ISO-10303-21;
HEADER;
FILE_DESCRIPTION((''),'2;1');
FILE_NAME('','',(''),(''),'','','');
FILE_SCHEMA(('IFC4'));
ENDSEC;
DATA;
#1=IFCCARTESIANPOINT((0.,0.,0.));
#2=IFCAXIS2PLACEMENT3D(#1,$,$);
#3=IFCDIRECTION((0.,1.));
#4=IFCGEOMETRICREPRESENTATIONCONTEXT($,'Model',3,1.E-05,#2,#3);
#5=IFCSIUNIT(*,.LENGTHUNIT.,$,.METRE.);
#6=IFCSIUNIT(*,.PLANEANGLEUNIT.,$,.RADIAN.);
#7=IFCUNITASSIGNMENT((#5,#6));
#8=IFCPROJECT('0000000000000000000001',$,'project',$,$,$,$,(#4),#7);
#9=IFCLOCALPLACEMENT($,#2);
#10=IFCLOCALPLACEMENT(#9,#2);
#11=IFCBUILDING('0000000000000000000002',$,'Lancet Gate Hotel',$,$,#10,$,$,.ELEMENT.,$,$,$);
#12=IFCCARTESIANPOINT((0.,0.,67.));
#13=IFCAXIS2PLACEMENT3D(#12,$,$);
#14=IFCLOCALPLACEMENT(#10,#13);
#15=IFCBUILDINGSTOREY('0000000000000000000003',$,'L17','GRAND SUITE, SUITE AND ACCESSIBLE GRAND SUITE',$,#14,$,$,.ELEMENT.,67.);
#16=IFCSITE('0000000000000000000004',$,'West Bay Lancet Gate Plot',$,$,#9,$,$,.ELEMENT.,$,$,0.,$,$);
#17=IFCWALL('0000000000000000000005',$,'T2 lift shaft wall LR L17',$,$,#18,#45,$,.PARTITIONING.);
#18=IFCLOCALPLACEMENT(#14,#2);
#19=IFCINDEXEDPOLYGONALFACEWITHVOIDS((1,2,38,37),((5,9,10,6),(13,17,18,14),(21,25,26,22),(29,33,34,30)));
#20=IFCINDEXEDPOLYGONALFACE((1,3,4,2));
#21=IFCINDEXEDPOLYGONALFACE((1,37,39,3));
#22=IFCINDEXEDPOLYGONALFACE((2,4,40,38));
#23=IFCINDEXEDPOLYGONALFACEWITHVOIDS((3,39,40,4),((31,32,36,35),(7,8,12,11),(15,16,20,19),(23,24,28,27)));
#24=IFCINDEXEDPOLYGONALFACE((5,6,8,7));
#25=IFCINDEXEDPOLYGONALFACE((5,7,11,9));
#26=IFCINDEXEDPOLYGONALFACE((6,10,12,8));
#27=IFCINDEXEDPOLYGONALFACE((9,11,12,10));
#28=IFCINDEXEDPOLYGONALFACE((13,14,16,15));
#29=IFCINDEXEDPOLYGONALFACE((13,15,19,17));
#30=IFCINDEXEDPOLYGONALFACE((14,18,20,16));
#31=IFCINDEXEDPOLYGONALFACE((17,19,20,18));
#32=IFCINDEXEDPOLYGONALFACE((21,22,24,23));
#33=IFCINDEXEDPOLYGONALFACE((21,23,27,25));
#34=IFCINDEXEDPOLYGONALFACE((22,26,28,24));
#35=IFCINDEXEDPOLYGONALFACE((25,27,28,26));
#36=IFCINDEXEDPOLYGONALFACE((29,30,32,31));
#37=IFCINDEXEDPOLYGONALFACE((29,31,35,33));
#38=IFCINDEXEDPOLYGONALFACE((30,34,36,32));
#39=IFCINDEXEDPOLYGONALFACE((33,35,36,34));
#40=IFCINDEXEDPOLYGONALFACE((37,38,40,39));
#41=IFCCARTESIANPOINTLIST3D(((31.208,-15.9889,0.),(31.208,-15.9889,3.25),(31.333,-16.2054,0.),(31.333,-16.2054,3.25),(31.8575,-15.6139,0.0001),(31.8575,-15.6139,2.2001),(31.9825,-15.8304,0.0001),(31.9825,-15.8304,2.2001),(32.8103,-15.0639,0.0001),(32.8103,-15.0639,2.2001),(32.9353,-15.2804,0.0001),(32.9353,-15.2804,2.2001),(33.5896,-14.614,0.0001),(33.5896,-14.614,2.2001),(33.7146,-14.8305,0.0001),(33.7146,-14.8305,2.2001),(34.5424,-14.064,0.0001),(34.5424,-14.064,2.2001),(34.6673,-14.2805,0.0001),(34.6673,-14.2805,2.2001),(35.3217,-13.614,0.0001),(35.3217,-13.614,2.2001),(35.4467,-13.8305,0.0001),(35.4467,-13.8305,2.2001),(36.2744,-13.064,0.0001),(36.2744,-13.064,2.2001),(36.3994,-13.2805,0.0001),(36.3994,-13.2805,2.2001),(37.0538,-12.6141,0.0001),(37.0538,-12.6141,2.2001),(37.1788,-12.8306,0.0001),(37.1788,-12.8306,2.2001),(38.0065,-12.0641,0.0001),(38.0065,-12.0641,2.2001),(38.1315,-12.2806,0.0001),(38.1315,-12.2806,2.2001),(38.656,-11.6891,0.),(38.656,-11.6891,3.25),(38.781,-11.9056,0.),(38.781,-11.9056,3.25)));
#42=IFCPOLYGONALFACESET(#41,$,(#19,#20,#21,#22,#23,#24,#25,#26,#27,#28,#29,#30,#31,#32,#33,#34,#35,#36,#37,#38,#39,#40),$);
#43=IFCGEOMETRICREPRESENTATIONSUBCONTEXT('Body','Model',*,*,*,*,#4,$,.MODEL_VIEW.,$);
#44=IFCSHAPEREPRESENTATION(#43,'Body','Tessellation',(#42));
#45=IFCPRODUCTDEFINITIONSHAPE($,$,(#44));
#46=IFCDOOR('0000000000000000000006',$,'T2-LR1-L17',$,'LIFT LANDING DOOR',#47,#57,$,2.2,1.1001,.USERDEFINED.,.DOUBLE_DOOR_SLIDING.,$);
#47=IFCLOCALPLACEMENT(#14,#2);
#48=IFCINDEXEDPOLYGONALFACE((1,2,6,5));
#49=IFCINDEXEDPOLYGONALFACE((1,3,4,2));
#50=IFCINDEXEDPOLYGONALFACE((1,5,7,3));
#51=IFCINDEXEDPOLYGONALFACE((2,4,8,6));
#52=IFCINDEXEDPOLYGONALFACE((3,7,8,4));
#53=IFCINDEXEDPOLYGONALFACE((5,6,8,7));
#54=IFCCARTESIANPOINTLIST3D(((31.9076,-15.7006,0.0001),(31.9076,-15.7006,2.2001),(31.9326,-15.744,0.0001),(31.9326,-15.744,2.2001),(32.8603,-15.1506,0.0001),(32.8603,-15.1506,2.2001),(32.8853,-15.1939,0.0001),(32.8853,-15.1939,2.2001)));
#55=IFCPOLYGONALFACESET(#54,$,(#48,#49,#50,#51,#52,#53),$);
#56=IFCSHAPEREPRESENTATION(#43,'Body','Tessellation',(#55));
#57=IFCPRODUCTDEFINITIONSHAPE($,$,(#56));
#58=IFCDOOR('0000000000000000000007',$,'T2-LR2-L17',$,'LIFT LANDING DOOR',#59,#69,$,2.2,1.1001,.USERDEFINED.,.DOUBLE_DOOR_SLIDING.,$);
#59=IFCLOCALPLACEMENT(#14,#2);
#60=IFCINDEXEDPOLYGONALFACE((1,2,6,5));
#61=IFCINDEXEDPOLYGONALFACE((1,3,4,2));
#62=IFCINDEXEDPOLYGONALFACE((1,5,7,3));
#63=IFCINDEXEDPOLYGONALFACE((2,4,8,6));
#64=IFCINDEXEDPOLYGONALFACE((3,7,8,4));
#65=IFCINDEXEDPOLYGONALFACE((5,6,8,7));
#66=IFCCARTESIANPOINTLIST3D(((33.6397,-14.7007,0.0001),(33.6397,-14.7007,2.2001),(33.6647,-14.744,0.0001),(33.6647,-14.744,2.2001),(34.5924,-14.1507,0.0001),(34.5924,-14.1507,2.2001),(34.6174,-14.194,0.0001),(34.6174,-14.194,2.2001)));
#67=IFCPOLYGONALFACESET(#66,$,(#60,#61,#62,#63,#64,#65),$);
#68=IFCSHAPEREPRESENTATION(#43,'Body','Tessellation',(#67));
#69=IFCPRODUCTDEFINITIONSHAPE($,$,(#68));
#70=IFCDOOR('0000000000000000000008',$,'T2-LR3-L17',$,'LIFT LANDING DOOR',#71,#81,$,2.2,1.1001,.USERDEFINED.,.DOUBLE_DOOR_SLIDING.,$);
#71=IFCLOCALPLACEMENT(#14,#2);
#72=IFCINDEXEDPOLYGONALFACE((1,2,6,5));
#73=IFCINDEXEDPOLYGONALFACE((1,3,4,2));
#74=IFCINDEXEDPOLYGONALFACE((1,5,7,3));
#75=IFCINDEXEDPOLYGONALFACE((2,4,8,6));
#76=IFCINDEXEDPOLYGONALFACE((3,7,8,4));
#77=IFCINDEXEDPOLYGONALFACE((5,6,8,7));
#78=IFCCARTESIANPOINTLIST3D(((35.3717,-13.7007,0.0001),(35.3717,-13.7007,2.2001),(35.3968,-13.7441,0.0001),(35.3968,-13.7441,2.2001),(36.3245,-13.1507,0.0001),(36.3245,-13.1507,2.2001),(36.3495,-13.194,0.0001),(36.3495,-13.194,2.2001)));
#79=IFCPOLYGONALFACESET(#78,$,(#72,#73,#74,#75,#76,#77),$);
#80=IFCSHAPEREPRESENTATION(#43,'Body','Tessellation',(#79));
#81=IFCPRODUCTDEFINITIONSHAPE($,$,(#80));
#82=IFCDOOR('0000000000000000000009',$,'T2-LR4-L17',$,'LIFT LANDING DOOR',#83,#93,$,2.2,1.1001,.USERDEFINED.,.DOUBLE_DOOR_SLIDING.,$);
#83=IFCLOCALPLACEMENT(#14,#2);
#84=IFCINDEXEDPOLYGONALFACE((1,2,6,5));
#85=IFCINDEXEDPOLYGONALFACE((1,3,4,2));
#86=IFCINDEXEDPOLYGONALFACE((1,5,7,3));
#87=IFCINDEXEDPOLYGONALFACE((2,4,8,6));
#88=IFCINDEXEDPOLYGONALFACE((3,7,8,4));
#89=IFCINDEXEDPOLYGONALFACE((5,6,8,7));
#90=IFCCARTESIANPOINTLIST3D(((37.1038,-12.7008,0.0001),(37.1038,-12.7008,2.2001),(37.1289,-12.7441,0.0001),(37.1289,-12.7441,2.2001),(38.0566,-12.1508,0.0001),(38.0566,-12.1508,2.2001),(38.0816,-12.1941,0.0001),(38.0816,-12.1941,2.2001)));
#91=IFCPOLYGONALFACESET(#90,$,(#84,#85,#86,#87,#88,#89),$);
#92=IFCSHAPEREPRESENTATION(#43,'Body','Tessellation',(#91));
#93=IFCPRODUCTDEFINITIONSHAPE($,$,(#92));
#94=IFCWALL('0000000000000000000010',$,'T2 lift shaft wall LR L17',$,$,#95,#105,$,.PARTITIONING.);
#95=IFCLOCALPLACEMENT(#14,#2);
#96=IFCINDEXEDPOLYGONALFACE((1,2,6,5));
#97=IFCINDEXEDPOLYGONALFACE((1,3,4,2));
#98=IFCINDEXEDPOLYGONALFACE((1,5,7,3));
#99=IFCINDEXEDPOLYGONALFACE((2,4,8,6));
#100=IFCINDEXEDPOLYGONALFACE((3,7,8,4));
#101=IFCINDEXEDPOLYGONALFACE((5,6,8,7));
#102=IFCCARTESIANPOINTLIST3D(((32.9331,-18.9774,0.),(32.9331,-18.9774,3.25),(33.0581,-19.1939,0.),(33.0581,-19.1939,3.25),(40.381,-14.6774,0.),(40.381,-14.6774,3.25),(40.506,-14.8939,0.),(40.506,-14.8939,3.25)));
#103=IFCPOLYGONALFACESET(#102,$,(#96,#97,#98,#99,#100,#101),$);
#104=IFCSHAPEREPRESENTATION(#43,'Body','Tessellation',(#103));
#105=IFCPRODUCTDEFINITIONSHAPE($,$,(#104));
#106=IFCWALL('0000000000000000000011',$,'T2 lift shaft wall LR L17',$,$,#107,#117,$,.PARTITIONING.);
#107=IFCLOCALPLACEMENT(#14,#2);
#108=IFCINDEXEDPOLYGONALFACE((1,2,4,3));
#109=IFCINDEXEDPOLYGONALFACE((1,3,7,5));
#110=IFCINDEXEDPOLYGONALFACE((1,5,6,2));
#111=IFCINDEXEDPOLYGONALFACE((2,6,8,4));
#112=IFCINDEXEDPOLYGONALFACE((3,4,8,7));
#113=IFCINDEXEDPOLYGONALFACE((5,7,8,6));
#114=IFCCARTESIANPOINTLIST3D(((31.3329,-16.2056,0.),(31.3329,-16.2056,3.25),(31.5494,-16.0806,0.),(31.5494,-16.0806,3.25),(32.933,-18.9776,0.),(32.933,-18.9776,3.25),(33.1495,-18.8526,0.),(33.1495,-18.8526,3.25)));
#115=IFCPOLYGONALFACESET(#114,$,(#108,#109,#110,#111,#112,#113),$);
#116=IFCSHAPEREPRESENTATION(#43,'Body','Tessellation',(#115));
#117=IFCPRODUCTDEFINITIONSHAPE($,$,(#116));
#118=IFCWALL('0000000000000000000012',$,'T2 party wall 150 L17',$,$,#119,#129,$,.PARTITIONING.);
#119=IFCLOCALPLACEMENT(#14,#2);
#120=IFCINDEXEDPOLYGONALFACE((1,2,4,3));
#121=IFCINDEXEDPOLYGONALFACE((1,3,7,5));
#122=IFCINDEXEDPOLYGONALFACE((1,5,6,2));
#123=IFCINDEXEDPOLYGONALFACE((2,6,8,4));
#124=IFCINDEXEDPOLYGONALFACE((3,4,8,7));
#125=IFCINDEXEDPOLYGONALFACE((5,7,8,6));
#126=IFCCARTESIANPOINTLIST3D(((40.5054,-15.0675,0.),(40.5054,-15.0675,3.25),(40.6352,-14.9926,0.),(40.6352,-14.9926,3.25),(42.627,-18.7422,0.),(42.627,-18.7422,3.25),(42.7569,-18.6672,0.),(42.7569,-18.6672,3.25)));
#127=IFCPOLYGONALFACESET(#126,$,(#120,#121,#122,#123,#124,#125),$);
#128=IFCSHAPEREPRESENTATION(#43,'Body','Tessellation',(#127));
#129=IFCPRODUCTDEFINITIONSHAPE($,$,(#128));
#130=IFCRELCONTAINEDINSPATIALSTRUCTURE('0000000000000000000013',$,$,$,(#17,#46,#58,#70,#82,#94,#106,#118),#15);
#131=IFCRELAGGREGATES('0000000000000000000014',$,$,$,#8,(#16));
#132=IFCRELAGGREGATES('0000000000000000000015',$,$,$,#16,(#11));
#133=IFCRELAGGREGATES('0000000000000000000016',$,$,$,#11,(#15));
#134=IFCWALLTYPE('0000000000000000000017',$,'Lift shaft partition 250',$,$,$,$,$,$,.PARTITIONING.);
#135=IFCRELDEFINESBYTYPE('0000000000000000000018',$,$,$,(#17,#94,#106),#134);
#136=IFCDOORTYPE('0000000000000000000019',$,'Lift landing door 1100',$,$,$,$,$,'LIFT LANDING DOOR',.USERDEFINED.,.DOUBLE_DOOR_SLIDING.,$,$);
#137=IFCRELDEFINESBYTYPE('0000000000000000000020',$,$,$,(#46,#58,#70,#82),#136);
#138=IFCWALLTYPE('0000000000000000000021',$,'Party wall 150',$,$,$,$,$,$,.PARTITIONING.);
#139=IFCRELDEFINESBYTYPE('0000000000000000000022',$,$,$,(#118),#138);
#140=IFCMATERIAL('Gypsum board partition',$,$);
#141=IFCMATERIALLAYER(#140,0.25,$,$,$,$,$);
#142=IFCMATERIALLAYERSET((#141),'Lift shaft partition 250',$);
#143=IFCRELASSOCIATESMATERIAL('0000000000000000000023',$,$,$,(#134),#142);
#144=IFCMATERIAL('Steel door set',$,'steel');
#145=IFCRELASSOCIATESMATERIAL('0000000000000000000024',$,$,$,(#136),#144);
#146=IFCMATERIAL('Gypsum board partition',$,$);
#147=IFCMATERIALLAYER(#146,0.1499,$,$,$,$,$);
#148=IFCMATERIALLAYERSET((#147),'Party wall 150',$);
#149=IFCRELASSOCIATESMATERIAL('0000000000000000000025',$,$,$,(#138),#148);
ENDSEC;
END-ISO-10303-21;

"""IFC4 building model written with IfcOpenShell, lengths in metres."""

from ifc_helpers import new_model, si_unit, direction, frame, frame_2d, origin, place, context, subcontext, project, spatial, rectangle, extrude, material, layer, layer_set, type_object, element, fill, save


model = new_model("IFC4")

# Units and contexts
model_context = context("Model", 3, precision=1e-05, world=origin(), true_north=direction((0.0, 1.0)))
body_context = subcontext(model_context, "Body", "Model", "MODEL_VIEW")
ifc_project = project(units=[si_unit("LENGTHUNIT", "METRE"), si_unit("PLANEANGLEUNIT", "RADIAN")], contexts=[model_context])

# Site, building, storey
site_placement = place(None, origin())
site = spatial("IfcSite", under=ifc_project, at=site_placement, Name="West Bay Lancet Gate Plot", CompositionType="ELEMENT", RefElevation=0.0)
building_placement = place(site_placement, origin())
building = spatial("IfcBuilding", under=site, at=building_placement, Name="Lancet Gate Hotel", CompositionType="ELEMENT")
storey_placement = place(building_placement, frame((0.0, 0.0, 67.0)))
storey = spatial("IfcBuildingStorey", under=building, at=storey_placement, Name="L17", Description="GRAND SUITE, SUITE AND ACCESSIBLE GRAND SUITE", CompositionType="ELEMENT", Elevation=67.0)

# Wall, openings, doors
ifc_material_1 = material(Name="Gypsum board partition")
ifc_layer_1 = layer(ifc_material_1, 0.25)
ifc_layer_set_1 = layer_set([ifc_layer_1], Name="Lift shaft partition 250")
wall_type_1 = type_object("IfcWallType", Name="Lift shaft partition 250", PredefinedType="PARTITIONING", material=ifc_layer_set_1)
wall_1_placement = place(storey_placement, frame((31.2705, -16.0972, 0.0), z_axis=(0.0, 0.0, 1.0), x_axis=(0.86604, 0.499974, 0.0)))
wall_1 = element("IfcWall", 1, at=wall_1_placement, inside=storey, type_object=wall_type_1, Name="T2 lift shaft wall LR L17", PredefinedType="PARTITIONING", context=body_context, shape_type="SweptSolid", body=[
    extrude(rectangle(XDim=8.6001, YDim=0.25, at=frame_2d((4.3, 0.0))), origin(), (0.0, 0.0, 1.0), 3.25),
])
opening_1_placement = place(wall_1_placement, frame((0.75, 0.0, 0.0)))
opening_1 = element("IfcOpeningElement", 2, at=opening_1_placement, cuts=wall_1, PredefinedType="OPENING", context=body_context, shape_type="SweptSolid", body=[
    extrude(rectangle(XDim=1.1001, YDim=2.2, at=frame_2d((0.55, 1.1001))), frame((0.0, 0.135, 0.0), z_axis=(0.0, -1.0, 0.0), x_axis=(1.0, 0.0, 0.0)), (0.0, 0.0, 1.0), 0.27),
])
opening_2_placement = place(wall_1_placement, frame((2.75, 0.0, 0.0)))
opening_2 = element("IfcOpeningElement", 3, at=opening_2_placement, cuts=wall_1, PredefinedType="OPENING", context=body_context, shape_type="SweptSolid", body=[
    extrude(rectangle(XDim=1.1001, YDim=2.2, at=frame_2d((0.55, 1.1001))), frame((0.0, 0.135, 0.0), z_axis=(0.0, -1.0, 0.0), x_axis=(1.0, 0.0, 0.0)), (0.0, 0.0, 1.0), 0.27),
])
opening_3_placement = place(wall_1_placement, frame((4.75, 0.0, 0.0)))
opening_3 = element("IfcOpeningElement", 4, at=opening_3_placement, cuts=wall_1, PredefinedType="OPENING", context=body_context, shape_type="SweptSolid", body=[
    extrude(rectangle(XDim=1.1001, YDim=2.2, at=frame_2d((0.55, 1.1001))), frame((0.0, 0.135, 0.0), z_axis=(0.0, -1.0, 0.0), x_axis=(1.0, 0.0, 0.0)), (0.0, 0.0, 1.0), 0.27),
])
opening_4_placement = place(wall_1_placement, frame((6.75, 0.0, 0.0)))
opening_4 = element("IfcOpeningElement", 5, at=opening_4_placement, cuts=wall_1, PredefinedType="OPENING", context=body_context, shape_type="SweptSolid", body=[
    extrude(rectangle(XDim=1.1001, YDim=2.2, at=frame_2d((0.55, 1.1001))), frame((0.0, 0.135, 0.0), z_axis=(0.0, -1.0, 0.0), x_axis=(1.0, 0.0, 0.0)), (0.0, 0.0, 1.0), 0.27),
])
ifc_material_2 = material(Name="Steel door set", Category="steel")
door_type = type_object("IfcDoorType", Name="Lift landing door 1100", ElementType="LIFT LANDING DOOR", OperationType="DOUBLE_DOOR_SLIDING", PredefinedType="USERDEFINED", material=ifc_material_2)
door_1_placement = place(opening_1_placement, origin())
door_1 = element("IfcDoor", 6, at=door_1_placement, inside=storey, type_object=door_type, Name="T2-LR1-L17", ObjectType="LIFT LANDING DOOR", OperationType="DOUBLE_DOOR_SLIDING", OverallHeight=2.2, OverallWidth=1.1001, PredefinedType="USERDEFINED", context=body_context, shape_type="SweptSolid", body=[
    extrude(rectangle(XDim=1.1001, YDim=2.2, at=frame_2d((0.55, 1.1001))), frame((0.0, 0.0249, 0.0), z_axis=(0.0, -1.0, 0.0), x_axis=(1.0, 0.0, 0.0)), (0.0, 0.0, 1.0), 0.05),
])
fill(opening_1, door_1)
door_2_placement = place(opening_2_placement, origin())
door_2 = element("IfcDoor", 7, at=door_2_placement, inside=storey, type_object=door_type, Name="T2-LR2-L17", ObjectType="LIFT LANDING DOOR", OperationType="DOUBLE_DOOR_SLIDING", OverallHeight=2.2, OverallWidth=1.1001, PredefinedType="USERDEFINED", context=body_context, shape_type="SweptSolid", body=[
    extrude(rectangle(XDim=1.1001, YDim=2.2, at=frame_2d((0.55, 1.1001))), frame((0.0, 0.0249, 0.0), z_axis=(0.0, -1.0, 0.0), x_axis=(1.0, 0.0, 0.0)), (0.0, 0.0, 1.0), 0.05),
])
fill(opening_2, door_2)
door_3_placement = place(opening_3_placement, origin())
door_3 = element("IfcDoor", 8, at=door_3_placement, inside=storey, type_object=door_type, Name="T2-LR3-L17", ObjectType="LIFT LANDING DOOR", OperationType="DOUBLE_DOOR_SLIDING", OverallHeight=2.2, OverallWidth=1.1001, PredefinedType="USERDEFINED", context=body_context, shape_type="SweptSolid", body=[
    extrude(rectangle(XDim=1.1001, YDim=2.2, at=frame_2d((0.55, 1.1001))), frame((0.0, 0.0249, 0.0), z_axis=(0.0, -1.0, 0.0), x_axis=(1.0, 0.0, 0.0)), (0.0, 0.0, 1.0), 0.05),
])
fill(opening_3, door_3)
door_4_placement = place(opening_4_placement, origin())
door_4 = element("IfcDoor", 9, at=door_4_placement, inside=storey, type_object=door_type, Name="T2-LR4-L17", ObjectType="LIFT LANDING DOOR", OperationType="DOUBLE_DOOR_SLIDING", OverallHeight=2.2, OverallWidth=1.1001, PredefinedType="USERDEFINED", context=body_context, shape_type="SweptSolid", body=[
    extrude(rectangle(XDim=1.1001, YDim=2.2, at=frame_2d((0.55, 1.1001))), frame((0.0, 0.0249, 0.0), z_axis=(0.0, -1.0, 0.0), x_axis=(1.0, 0.0, 0.0)), (0.0, 0.0, 1.0), 0.05),
])
fill(opening_4, door_4)

# Walls
wall_2_placement = place(storey_placement, frame((32.9956, -19.0857, 0.0), z_axis=(0.0, 0.0, 1.0), x_axis=(0.866028, 0.499995, 0.0)))
element("IfcWall", 10, at=wall_2_placement, inside=storey, type_object=wall_type_1, Name="T2 lift shaft wall LR L17", PredefinedType="PARTITIONING", context=body_context, shape_type="SweptSolid", body=[
    extrude(rectangle(XDim=8.6001, YDim=0.25, at=frame_2d((4.3, 0.0))), origin(), (0.0, 0.0, 1.0), 3.25),
])
wall_3_placement = place(storey_placement, frame((31.4412, -16.1431, 0.0), z_axis=(0.0, 0.0, 1.0), x_axis=(0.499929, -0.866066, 0.0)))
element("IfcWall", 11, at=wall_3_placement, inside=storey, type_object=wall_type_1, Name="T2 lift shaft wall LR L17", PredefinedType="PARTITIONING", context=body_context, shape_type="SweptSolid", body=[
    extrude(rectangle(XDim=3.2007, YDim=0.25, at=frame_2d((1.6003, 0.0))), origin(), (0.0, 0.0, 1.0), 3.25),
])
ifc_material_3 = material(Name="Gypsum board partition")
ifc_layer_2 = layer(ifc_material_3, 0.1499)
ifc_layer_set_2 = layer_set([ifc_layer_2], Name="Party wall 150")
wall_type_2 = type_object("IfcWallType", Name="Party wall 150", PredefinedType="PARTITIONING", material=ifc_layer_set_2)
wall_4_placement = place(storey_placement, frame((40.5703, -15.03, 0.0), z_axis=(0.0, 0.0, 1.0), x_axis=(0.500013, -0.866018, 0.0)))
element("IfcWall", 12, at=wall_4_placement, inside=storey, type_object=wall_type_2, Name="T2 party wall 150 L17", PredefinedType="PARTITIONING", context=body_context, shape_type="SweptSolid", body=[
    extrude(rectangle(XDim=4.2432, YDim=0.1499, at=frame_2d((2.1216, 0.0))), origin(), (0.0, 0.0, 1.0), 3.25),
])

save(model, "model.ifc")
